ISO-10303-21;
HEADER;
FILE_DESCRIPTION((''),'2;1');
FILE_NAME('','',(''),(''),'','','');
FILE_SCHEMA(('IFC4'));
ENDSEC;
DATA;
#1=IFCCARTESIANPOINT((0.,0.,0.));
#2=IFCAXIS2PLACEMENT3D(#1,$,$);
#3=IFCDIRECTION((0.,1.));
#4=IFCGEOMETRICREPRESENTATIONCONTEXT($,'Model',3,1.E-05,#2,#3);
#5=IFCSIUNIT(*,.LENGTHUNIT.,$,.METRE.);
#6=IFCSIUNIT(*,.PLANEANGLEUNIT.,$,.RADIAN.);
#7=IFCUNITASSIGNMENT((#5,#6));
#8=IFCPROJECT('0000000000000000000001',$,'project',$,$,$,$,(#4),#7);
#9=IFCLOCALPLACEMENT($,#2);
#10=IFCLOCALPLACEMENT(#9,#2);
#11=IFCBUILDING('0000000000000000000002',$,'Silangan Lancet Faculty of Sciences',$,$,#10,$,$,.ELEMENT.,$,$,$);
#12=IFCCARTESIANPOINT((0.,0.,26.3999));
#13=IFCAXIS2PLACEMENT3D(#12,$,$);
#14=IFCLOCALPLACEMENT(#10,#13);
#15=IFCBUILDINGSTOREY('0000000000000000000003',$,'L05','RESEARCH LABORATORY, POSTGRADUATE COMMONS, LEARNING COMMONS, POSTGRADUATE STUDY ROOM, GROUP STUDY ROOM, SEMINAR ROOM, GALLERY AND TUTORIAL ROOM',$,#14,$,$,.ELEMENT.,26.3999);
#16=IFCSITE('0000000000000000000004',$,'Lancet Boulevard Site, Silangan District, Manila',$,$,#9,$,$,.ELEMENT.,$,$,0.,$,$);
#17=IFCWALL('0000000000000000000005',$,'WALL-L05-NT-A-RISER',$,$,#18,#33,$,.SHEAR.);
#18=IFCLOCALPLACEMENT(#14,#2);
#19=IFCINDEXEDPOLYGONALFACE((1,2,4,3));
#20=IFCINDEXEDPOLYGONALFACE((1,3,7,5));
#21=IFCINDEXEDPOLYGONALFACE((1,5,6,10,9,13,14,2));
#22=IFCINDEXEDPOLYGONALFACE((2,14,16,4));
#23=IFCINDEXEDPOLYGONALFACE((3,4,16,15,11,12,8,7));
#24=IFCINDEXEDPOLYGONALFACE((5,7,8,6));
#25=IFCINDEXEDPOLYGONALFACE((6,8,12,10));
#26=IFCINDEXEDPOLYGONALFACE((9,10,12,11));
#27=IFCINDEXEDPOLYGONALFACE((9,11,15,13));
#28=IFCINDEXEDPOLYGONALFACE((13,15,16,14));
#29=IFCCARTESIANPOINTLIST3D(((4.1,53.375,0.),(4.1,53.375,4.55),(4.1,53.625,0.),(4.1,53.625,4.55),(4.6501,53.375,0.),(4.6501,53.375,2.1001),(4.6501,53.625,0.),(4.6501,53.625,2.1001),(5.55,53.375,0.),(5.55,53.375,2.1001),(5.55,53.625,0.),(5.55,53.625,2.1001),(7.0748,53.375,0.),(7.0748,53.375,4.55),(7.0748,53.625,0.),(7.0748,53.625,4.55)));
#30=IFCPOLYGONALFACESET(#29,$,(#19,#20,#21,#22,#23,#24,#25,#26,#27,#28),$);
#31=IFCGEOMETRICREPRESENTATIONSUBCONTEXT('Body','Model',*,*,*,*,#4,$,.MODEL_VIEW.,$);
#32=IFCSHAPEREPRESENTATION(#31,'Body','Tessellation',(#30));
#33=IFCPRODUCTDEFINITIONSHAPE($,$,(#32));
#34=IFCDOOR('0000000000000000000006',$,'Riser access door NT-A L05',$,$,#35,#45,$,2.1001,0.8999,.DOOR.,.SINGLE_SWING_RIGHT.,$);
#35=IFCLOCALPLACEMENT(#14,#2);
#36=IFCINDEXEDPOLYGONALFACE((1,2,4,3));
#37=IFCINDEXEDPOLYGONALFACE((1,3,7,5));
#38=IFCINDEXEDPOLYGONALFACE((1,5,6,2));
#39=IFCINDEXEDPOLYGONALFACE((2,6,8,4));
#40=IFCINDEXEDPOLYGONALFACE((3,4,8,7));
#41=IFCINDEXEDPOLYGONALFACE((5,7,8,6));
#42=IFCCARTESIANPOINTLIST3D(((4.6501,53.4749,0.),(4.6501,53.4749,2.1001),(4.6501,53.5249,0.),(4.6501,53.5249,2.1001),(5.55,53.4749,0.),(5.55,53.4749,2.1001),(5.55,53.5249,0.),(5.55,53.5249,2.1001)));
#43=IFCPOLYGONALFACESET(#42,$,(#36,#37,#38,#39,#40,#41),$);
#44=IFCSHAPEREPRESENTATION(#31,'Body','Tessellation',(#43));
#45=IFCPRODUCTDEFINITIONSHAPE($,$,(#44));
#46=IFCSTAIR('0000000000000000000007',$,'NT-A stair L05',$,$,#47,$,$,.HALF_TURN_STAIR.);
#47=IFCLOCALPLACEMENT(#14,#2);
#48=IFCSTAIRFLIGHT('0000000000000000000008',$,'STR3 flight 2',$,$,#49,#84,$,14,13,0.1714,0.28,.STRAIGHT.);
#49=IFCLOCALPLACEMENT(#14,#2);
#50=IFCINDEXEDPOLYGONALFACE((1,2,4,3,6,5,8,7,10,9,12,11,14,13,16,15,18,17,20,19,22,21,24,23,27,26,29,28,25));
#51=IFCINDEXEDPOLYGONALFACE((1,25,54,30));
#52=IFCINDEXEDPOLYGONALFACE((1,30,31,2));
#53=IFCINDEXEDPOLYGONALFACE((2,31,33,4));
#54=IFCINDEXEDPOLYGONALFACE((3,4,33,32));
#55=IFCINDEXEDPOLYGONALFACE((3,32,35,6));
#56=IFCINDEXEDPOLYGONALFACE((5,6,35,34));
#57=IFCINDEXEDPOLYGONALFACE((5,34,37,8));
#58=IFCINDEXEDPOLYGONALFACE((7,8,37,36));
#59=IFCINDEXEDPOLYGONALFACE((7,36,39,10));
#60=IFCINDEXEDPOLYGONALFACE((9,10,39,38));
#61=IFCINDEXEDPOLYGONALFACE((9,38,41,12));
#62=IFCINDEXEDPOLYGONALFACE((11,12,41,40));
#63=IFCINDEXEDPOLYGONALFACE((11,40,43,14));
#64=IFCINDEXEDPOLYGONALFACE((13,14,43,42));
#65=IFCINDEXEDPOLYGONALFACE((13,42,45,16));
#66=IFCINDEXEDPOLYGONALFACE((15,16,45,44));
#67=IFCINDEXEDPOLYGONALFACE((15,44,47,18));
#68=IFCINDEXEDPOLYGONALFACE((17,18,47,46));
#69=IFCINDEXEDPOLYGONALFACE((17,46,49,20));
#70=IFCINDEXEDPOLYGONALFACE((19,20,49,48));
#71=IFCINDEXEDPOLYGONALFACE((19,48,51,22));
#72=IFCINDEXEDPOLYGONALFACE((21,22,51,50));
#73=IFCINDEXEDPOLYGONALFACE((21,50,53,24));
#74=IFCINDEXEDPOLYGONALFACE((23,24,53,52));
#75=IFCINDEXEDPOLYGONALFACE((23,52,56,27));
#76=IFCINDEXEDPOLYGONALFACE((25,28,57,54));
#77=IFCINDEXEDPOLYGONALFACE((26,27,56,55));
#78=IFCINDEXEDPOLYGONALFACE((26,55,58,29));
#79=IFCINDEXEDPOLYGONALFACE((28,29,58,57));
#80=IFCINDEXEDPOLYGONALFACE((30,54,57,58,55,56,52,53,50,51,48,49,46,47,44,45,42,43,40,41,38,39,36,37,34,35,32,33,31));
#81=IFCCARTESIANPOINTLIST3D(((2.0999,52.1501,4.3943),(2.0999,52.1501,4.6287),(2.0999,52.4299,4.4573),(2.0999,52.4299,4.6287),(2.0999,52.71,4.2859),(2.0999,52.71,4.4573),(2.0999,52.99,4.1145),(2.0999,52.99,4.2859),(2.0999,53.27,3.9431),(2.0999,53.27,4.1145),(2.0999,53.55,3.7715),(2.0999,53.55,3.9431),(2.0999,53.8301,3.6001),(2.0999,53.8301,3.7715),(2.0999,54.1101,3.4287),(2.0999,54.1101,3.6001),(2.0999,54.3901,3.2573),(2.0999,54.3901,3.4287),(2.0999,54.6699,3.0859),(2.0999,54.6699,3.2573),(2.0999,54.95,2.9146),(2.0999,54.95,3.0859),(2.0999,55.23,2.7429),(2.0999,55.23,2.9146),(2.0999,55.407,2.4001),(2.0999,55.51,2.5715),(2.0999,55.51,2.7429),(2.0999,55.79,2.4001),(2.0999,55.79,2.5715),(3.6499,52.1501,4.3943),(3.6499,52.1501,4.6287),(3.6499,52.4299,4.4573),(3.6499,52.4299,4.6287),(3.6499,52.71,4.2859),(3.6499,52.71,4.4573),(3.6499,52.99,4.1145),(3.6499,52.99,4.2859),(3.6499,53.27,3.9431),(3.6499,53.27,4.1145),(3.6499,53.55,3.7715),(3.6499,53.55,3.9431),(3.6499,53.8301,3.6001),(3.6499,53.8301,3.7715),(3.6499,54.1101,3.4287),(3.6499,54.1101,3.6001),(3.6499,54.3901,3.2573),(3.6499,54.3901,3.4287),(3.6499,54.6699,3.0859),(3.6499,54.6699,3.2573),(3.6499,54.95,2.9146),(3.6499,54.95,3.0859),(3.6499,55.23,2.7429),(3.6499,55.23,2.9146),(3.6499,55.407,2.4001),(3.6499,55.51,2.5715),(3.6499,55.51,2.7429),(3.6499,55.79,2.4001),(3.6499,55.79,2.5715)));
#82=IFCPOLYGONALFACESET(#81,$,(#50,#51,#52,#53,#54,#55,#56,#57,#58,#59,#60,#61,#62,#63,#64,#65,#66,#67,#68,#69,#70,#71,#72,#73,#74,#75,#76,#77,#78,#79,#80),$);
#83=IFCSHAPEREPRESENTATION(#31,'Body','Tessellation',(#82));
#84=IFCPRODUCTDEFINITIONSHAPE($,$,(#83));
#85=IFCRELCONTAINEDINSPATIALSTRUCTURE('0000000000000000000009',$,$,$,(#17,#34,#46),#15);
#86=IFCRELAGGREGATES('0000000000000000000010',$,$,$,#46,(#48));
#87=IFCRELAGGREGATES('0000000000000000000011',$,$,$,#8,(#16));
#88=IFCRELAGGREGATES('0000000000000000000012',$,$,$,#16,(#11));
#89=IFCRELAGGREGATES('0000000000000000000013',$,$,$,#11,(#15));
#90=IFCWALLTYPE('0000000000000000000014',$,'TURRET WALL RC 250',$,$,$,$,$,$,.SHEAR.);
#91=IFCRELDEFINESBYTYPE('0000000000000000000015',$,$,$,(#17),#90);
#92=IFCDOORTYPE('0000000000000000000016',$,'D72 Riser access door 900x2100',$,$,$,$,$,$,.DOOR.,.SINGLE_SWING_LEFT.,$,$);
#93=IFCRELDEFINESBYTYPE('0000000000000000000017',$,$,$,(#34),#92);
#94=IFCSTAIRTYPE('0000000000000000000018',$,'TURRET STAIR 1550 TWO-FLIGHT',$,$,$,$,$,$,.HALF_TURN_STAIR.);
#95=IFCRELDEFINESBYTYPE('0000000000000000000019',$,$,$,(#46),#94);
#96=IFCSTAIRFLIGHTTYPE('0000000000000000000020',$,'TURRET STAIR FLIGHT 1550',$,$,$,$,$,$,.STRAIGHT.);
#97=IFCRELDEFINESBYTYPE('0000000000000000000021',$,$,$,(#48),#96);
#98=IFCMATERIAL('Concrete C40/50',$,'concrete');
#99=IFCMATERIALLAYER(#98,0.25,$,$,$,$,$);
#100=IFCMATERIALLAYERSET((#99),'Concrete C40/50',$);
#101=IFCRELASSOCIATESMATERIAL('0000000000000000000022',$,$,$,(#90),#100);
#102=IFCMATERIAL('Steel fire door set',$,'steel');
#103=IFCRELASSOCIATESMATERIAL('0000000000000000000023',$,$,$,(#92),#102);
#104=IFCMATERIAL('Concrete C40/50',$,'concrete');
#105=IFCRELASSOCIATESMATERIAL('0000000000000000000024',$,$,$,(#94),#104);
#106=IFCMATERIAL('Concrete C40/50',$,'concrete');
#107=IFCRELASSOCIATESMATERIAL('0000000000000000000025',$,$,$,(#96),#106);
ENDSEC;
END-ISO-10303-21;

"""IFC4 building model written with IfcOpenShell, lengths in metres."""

from ifc_helpers import new_model, si_unit, direction, frame, frame_2d, origin, place, context, subcontext, project, spatial, polyline, rectangle, outline, extrude, material, layer, layer_set, type_object, element, fill, aggregate, save


model = new_model("IFC4")

# Units and contexts
model_context = context("Model", 3, precision=1e-05, world=origin(), true_north=direction((0.0, 1.0)))
body_context = subcontext(model_context, "Body", "Model", "MODEL_VIEW")
ifc_project = project(units=[si_unit("LENGTHUNIT", "METRE"), si_unit("PLANEANGLEUNIT", "RADIAN")], contexts=[model_context])

# Site, building, storey
site_placement = place(None, origin())
site = spatial("IfcSite", under=ifc_project, at=site_placement, Name="Lancet Boulevard Site, Silangan District, Manila", CompositionType="ELEMENT", RefElevation=0.0)
building_placement = place(site_placement, origin())
building = spatial("IfcBuilding", under=site, at=building_placement, Name="Silangan Lancet Faculty of Sciences", CompositionType="ELEMENT")
storey_placement = place(building_placement, frame((0.0, 0.0, 26.3999)))
storey = spatial("IfcBuildingStorey", under=building, at=storey_placement, Name="L05", Description="RESEARCH LABORATORY, POSTGRADUATE COMMONS, LEARNING COMMONS, POSTGRADUATE STUDY ROOM, GROUP STUDY ROOM, SEMINAR ROOM, GALLERY AND TUTORIAL ROOM", CompositionType="ELEMENT", Elevation=26.3999)

# Shared definitions
ifc_material_1 = material(Name="Concrete C40/50", Category="concrete")
ifc_layer_1 = layer(ifc_material_1, 0.25)
ifc_layer_set_1 = layer_set([ifc_layer_1], Name="Concrete C40/50")
wall_type_1 = type_object("IfcWallType", Name="TURRET WALL RC 250", PredefinedType="SHEAR", material=ifc_layer_set_1)

# Wall, opening, door
wall_1_placement = place(storey_placement, frame((4.1001, 53.5, 0.0), z_axis=(0.0, 0.0, 1.0), x_axis=(1.0, 0.0, 0.0)))
wall_1 = element("IfcWall", 1, at=wall_1_placement, inside=storey, type_object=wall_type_1, Name="WALL-L05-NT-A-RISER", PredefinedType="SHEAR", context=body_context, shape_type="SweptSolid", body=[
    extrude(rectangle(XDim=2.9749, YDim=0.25, at=frame_2d((1.4873, 0.0))), origin(), (0.0, 0.0, 1.0), 4.55),
])
opening_1_placement = place(wall_1_placement, frame((0.55, 0.0, 0.0)))
opening_1 = element("IfcOpeningElement", 2, at=opening_1_placement, cuts=wall_1, PredefinedType="OPENING", context=body_context, shape_type="SweptSolid", body=[
    extrude(rectangle(XDim=0.8999, YDim=2.1001, at=frame_2d((0.45, 1.05))), frame((0.0, 0.135, 0.0), z_axis=(0.0, -1.0, 0.0), x_axis=(1.0, 0.0, 0.0)), (0.0, 0.0, 1.0), 0.27),
])
ifc_material_2 = material(Name="Steel fire door set", Category="steel")
door_type_1 = type_object("IfcDoorType", Name="D72 Riser access door 900x2100", OperationType="SINGLE_SWING_LEFT", PredefinedType="DOOR", material=ifc_material_2)
door_1_placement = place(opening_1_placement, origin())
door_1 = element("IfcDoor", 3, at=door_1_placement, inside=storey, type_object=door_type_1, Name="Riser access door NT-A L05", OperationType="SINGLE_SWING_RIGHT", OverallHeight=2.1001, OverallWidth=0.8999, PredefinedType="DOOR", context=body_context, shape_type="SweptSolid", body=[
    extrude(rectangle(XDim=0.8999, YDim=2.1001, at=frame_2d((0.45, 1.05))), frame((0.0, 0.0249, 0.0), z_axis=(0.0, -1.0, 0.0), x_axis=(1.0, 0.0, 0.0)), (0.0, 0.0, 1.0), 0.05),
])
fill(opening_1, door_1)

# Stair, stair flight
ifc_material_3 = material(Name="Concrete C40/50", Category="concrete")
stair_type = type_object("IfcStairType", Name="TURRET STAIR 1550 TWO-FLIGHT", PredefinedType="HALF_TURN_STAIR", material=ifc_material_3)
stair_placement = place(storey_placement, origin())
stair = element("IfcStair", 4, at=stair_placement, inside=storey, type_object=stair_type, Name="NT-A stair L05", PredefinedType="HALF_TURN_STAIR")
ifc_material_4 = material(Name="Concrete C40/50", Category="concrete")
stair_flight_type = type_object("IfcStairFlightType", Name="TURRET STAIR FLIGHT 1550", PredefinedType="STRAIGHT", material=ifc_material_4)
stair_flight_placement = place(storey_placement, frame((2.875, 55.79, 2.4001), z_axis=(0.0, 0.0, 1.0), x_axis=(0.0, -1.0, 0.0)))
stair_flight = element("IfcStairFlight", 5, at=stair_flight_placement, type_object=stair_flight_type, Name="STR3 flight 2", NumberOfRisers=14, NumberOfTreads=13, PredefinedType="STRAIGHT", RiserHeight=0.1714, TreadLength=0.28, context=body_context, shape_type="SweptSolid", body=[
    extrude(outline(polyline([(0.0, 0.0), (0.0, 0.1714), (0.28, 0.1714), (0.28, 0.3428), (0.5601, 0.3428), (0.5601, 0.5144), (0.8401, 0.5144), (0.8401, 0.6858), (1.1201, 0.6858), (1.1201, 0.8572), (1.3999, 0.8572), (1.3999, 1.0286), (1.6799, 1.0286), (1.6799, 1.2), (1.96, 1.2), (1.96, 1.3713), (2.24, 1.3713), (2.24, 1.543), (2.52, 1.543), (2.52, 1.7144), (2.8, 1.7144), (2.8, 1.8857), (3.0801, 1.8857), (3.0801, 2.0571), (3.3601, 2.0571), (3.3601, 2.2285), (3.6399, 2.2285), (3.6399, 2.3999), (3.6399, 1.9941), (0.3831, 0.0), (0.0, 0.0)])), frame((0.0, 0.7749, 0.0), z_axis=(0.0, -1.0, 0.0), x_axis=(1.0, 0.0, 0.0)), (0.0, 0.0, 1.0), 1.55),
])
aggregate(stair, [stair_flight])

save(model, "model.ifc")
